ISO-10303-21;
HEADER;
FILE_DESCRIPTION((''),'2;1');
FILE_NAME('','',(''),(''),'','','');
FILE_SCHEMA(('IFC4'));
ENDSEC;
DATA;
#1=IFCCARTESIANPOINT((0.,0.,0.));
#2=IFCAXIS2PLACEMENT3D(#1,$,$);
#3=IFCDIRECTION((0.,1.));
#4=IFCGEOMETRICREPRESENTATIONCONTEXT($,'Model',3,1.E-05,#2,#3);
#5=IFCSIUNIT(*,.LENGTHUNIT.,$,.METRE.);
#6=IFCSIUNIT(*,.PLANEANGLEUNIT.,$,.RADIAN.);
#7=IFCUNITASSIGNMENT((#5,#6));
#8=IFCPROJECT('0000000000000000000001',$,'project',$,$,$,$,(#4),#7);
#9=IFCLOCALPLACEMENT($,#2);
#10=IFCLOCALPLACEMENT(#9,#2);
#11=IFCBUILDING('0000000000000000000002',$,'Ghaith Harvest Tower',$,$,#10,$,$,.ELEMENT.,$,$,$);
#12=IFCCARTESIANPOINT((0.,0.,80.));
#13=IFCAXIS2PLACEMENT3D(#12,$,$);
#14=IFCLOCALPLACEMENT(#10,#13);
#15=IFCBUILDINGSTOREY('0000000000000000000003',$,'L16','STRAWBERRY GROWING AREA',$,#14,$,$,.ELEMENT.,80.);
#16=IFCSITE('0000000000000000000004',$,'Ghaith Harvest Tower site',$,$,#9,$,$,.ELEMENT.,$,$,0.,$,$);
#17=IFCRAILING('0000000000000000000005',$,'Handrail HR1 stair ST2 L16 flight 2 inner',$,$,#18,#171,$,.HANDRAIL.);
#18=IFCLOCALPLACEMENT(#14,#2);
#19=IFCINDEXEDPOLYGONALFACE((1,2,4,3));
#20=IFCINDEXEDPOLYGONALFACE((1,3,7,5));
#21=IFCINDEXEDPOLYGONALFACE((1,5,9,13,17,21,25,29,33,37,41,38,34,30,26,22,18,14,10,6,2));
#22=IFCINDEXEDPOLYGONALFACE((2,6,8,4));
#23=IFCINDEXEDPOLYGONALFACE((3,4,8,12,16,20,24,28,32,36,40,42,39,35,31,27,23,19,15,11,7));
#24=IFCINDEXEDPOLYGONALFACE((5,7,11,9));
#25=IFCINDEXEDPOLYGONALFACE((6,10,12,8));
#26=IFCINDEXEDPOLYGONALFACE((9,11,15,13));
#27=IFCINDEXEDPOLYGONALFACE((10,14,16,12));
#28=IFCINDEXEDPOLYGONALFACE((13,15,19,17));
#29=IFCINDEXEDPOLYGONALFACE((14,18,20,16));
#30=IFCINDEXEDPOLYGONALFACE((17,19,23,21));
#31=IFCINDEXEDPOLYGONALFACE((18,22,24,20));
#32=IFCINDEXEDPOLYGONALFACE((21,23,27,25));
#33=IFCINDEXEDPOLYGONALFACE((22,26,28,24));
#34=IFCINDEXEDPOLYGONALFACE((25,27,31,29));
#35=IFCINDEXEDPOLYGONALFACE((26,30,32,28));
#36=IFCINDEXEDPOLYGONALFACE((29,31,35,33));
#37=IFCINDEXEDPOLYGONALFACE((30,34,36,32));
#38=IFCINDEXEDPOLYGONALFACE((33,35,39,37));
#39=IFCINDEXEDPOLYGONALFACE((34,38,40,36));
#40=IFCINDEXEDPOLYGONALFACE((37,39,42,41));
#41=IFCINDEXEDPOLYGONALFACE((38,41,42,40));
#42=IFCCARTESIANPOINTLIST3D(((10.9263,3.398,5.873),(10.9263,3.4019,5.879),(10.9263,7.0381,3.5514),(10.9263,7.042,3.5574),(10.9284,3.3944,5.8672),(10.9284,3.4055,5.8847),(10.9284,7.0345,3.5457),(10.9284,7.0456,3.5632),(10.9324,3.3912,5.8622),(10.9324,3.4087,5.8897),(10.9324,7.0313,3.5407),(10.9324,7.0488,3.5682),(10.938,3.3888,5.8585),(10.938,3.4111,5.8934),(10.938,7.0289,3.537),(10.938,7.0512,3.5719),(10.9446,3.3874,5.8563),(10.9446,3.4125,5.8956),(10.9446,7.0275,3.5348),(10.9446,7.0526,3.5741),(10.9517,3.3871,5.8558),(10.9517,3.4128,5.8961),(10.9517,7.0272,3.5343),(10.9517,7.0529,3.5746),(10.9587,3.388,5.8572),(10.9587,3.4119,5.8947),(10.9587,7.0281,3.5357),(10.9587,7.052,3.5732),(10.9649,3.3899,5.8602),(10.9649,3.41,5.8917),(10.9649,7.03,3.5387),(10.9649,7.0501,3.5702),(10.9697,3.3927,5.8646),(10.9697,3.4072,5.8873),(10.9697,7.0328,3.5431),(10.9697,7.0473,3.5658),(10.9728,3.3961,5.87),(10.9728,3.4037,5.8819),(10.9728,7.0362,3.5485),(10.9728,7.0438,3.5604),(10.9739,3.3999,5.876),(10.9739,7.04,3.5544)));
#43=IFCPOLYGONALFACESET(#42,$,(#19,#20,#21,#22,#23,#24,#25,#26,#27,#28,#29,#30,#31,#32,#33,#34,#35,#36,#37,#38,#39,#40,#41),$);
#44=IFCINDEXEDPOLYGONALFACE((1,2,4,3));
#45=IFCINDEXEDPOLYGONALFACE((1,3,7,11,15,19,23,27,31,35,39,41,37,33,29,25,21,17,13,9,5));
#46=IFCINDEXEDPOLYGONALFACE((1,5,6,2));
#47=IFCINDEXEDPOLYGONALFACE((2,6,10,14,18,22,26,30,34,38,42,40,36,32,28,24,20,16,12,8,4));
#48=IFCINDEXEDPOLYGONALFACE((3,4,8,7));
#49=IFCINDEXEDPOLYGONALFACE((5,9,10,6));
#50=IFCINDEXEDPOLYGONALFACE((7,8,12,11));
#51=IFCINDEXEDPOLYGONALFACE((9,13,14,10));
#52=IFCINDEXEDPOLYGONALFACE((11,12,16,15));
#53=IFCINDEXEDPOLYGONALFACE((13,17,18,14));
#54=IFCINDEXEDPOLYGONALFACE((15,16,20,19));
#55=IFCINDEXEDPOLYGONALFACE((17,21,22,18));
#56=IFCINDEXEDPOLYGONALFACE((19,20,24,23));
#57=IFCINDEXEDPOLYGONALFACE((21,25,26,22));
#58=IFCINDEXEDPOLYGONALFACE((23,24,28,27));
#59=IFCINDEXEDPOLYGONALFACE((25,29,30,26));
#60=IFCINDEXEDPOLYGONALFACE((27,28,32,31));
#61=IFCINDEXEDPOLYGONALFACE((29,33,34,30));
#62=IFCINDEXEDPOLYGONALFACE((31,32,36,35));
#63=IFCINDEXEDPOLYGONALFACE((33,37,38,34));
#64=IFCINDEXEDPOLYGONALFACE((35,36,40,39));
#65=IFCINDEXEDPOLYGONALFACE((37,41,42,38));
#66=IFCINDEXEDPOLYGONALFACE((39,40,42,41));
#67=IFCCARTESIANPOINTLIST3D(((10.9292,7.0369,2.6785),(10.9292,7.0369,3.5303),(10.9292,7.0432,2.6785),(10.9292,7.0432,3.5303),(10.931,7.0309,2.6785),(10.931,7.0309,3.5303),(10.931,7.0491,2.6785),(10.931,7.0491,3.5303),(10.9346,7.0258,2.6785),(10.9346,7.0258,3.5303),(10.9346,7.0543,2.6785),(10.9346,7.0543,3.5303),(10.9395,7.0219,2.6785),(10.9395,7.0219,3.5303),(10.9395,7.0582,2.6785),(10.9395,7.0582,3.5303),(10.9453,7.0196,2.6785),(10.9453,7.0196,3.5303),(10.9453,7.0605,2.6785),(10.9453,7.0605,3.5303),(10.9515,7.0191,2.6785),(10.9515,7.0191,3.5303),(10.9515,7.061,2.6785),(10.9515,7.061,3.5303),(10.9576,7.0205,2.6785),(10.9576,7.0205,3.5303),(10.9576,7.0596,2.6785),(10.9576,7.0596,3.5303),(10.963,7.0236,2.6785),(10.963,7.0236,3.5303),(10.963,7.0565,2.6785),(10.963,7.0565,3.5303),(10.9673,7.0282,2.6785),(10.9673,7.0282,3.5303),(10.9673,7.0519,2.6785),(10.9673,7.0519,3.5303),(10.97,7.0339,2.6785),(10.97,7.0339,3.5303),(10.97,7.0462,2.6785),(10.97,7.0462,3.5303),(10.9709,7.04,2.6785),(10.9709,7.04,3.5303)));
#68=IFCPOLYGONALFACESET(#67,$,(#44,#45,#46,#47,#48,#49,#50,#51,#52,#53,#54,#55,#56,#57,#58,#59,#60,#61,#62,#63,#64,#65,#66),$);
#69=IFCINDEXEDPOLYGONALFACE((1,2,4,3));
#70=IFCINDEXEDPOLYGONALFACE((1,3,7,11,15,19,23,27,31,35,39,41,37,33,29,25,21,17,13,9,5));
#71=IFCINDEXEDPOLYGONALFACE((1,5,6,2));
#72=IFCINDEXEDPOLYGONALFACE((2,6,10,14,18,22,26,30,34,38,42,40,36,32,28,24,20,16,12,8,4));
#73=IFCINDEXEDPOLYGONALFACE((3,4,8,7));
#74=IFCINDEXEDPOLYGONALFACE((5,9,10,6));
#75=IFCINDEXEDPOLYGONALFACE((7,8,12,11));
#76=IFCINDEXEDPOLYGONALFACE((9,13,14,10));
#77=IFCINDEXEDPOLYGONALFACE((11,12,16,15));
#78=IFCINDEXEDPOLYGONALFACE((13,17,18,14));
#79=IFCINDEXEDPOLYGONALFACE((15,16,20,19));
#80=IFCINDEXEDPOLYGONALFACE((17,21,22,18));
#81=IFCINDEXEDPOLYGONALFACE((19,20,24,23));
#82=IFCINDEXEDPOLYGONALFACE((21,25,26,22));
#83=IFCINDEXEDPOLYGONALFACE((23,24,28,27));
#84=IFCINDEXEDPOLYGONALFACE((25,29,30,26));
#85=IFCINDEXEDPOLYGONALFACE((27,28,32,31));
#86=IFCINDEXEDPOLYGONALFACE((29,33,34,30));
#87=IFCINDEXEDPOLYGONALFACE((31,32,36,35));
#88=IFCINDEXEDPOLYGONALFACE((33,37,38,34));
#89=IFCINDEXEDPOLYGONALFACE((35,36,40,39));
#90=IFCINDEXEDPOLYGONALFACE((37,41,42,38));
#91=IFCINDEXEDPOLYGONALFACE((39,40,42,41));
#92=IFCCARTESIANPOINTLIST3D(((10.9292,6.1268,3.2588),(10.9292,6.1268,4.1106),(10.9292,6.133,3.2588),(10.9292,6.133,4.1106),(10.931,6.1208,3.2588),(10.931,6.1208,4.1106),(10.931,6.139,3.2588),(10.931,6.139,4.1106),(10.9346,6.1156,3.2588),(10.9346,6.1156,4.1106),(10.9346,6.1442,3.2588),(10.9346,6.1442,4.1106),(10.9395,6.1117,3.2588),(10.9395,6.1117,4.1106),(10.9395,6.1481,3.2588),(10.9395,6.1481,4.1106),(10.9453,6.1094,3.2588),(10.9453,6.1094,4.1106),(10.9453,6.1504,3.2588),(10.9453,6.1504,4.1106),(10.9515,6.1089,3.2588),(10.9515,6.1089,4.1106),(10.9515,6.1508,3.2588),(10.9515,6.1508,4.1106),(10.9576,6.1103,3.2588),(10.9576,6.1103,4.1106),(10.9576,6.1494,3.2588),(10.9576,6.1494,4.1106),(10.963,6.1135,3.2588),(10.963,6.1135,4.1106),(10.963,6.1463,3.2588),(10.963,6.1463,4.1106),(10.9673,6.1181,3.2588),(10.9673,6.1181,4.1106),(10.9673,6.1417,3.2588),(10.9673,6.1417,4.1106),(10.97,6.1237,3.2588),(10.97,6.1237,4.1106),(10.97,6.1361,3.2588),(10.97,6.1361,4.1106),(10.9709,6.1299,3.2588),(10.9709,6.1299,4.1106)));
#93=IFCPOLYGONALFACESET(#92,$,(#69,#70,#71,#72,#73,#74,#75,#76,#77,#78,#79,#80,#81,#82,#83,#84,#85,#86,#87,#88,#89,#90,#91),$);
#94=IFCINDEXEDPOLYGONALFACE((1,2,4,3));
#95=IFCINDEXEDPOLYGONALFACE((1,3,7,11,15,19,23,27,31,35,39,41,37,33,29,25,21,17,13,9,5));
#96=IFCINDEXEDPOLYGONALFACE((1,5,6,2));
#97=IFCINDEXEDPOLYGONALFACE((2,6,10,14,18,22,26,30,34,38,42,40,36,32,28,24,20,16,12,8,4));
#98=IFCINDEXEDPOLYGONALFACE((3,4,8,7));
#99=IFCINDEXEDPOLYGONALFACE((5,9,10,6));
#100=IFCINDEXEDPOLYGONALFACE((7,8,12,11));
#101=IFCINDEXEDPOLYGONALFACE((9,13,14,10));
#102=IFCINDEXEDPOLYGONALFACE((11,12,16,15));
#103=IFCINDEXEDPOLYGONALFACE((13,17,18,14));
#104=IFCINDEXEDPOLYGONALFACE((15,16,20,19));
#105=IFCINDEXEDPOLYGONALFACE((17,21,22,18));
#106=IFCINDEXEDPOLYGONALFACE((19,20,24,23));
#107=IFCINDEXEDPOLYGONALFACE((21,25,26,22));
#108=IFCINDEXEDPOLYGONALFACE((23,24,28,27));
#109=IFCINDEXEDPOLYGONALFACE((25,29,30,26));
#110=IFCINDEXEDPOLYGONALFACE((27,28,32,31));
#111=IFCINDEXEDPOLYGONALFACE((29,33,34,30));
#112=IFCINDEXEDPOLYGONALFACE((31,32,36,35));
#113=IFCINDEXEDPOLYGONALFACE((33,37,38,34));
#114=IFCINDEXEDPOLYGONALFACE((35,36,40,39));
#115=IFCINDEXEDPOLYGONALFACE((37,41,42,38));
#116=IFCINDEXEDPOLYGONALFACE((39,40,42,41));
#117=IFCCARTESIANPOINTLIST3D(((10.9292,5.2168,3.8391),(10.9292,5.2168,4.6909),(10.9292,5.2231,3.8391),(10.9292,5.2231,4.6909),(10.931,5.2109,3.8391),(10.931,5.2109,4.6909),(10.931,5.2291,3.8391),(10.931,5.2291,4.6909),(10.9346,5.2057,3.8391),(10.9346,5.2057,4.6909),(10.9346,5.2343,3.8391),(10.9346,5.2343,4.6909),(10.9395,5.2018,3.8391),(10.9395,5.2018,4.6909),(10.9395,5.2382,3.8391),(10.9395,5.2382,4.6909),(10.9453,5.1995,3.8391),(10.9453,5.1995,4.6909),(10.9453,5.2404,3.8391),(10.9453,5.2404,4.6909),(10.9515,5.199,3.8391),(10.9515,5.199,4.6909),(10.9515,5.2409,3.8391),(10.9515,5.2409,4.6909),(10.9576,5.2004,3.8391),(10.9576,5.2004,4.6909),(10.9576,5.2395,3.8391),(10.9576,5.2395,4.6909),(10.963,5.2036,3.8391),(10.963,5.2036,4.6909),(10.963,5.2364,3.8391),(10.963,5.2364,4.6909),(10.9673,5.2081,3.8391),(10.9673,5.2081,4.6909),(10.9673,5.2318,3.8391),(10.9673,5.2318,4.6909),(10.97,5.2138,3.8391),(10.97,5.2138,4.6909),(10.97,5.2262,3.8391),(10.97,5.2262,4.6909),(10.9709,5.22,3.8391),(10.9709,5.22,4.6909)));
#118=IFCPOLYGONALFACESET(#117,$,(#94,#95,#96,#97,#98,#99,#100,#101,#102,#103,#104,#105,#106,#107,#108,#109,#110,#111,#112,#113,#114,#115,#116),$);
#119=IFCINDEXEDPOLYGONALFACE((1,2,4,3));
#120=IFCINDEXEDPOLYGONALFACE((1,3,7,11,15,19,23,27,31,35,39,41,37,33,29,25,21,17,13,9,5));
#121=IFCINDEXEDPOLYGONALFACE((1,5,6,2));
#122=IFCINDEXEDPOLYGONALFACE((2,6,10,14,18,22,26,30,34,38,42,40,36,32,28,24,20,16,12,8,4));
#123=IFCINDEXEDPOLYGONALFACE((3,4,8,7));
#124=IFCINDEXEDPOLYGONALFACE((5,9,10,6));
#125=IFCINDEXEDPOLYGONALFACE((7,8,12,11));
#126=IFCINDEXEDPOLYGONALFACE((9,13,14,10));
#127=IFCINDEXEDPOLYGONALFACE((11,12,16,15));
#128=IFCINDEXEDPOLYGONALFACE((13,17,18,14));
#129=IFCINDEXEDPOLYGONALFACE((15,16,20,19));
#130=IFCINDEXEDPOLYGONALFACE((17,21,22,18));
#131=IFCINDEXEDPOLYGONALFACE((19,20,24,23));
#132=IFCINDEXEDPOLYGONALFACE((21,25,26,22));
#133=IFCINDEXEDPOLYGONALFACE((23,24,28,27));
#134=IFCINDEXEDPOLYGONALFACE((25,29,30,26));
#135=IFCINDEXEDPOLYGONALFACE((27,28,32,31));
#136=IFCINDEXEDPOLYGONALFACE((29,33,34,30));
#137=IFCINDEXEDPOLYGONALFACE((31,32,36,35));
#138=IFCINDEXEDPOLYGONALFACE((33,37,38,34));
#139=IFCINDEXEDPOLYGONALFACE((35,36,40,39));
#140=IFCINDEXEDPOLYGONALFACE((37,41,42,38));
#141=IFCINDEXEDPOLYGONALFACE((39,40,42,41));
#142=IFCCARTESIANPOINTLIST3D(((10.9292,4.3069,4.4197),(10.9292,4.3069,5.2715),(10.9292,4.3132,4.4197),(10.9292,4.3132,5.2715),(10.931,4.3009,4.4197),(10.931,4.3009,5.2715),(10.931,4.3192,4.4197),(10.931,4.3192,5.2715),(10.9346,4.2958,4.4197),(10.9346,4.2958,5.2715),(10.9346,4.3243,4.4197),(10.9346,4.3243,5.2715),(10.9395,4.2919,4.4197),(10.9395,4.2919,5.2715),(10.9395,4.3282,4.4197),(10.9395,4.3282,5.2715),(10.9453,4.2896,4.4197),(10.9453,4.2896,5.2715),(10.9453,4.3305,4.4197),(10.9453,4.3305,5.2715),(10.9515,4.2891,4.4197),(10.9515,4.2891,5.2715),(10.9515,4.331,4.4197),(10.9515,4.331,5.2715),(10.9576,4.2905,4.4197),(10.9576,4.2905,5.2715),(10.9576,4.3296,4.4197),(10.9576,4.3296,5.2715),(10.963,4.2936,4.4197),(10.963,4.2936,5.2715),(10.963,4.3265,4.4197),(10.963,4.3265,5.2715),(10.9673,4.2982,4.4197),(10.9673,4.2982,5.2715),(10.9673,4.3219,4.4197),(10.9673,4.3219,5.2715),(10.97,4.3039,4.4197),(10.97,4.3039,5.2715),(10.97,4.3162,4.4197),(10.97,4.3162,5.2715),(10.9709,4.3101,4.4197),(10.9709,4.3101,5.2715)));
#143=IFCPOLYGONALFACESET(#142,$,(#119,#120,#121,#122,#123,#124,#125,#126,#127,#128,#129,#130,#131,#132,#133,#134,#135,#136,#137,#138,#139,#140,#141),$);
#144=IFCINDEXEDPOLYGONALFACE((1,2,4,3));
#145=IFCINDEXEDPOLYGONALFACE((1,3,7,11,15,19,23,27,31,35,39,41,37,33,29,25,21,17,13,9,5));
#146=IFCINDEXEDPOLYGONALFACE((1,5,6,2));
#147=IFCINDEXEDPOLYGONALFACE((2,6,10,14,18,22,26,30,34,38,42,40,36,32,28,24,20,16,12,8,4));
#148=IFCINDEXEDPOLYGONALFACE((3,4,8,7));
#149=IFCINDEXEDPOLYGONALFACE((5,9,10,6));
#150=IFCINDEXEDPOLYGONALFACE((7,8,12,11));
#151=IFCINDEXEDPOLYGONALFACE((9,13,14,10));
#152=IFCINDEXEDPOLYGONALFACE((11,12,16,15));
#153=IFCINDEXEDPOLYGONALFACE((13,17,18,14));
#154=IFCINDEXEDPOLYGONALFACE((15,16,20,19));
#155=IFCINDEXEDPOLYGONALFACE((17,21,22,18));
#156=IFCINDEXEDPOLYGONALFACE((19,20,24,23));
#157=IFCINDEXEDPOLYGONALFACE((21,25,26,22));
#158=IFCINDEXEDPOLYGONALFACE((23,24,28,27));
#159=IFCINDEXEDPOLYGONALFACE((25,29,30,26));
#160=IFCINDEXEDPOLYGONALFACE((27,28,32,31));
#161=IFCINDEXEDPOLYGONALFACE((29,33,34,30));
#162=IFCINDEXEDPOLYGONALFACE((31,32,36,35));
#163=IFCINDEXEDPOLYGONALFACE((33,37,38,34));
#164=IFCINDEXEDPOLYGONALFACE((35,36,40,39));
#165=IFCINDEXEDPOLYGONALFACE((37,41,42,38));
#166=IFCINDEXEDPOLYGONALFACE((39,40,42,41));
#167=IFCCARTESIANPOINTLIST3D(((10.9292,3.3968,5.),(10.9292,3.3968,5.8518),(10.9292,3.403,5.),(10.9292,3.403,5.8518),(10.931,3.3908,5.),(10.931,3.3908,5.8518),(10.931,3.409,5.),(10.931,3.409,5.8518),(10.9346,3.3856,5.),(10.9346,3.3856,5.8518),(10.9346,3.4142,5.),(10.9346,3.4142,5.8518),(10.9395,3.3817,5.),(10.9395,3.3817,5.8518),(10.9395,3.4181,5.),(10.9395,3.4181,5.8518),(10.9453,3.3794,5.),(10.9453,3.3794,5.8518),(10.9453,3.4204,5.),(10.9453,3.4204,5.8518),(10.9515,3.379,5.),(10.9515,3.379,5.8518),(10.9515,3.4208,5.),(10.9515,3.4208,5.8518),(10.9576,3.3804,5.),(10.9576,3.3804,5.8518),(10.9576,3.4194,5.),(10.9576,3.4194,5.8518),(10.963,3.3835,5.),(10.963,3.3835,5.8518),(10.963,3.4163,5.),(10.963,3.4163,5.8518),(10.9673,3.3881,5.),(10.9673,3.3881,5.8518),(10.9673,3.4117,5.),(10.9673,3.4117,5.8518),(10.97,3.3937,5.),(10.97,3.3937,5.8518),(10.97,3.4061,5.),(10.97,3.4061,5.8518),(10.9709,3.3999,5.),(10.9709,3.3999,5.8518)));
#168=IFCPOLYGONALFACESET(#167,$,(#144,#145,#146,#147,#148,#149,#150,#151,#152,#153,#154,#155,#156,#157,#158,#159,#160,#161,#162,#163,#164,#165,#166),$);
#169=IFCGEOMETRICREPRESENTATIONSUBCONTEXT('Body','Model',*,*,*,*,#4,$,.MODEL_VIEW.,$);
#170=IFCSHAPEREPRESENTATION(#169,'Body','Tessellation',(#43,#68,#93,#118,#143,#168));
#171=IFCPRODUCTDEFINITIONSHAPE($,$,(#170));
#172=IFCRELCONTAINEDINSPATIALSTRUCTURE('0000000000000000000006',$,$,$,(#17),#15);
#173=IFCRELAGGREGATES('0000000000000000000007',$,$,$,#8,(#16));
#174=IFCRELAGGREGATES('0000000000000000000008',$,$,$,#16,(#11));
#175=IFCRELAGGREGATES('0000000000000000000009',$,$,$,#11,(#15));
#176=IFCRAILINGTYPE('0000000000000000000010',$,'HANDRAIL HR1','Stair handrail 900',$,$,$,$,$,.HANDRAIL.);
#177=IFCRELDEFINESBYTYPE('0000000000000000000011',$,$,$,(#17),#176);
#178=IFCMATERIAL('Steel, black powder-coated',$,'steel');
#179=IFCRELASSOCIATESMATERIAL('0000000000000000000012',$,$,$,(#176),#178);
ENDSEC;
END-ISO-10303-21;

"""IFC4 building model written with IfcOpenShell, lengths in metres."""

from ifc_helpers import new_model, si_unit, direction, frame, origin, origin_2d, place, context, subcontext, project, spatial, circle, extrude, material, type_object, element, save


model = new_model("IFC4")

# Units and contexts
model_context = context("Model", 3, precision=1e-05, world=origin(), true_north=direction((0.0, 1.0)))
body_context = subcontext(model_context, "Body", "Model", "MODEL_VIEW")
ifc_project = project(units=[si_unit("LENGTHUNIT", "METRE"), si_unit("PLANEANGLEUNIT", "RADIAN")], contexts=[model_context])

# Site, building, storey
site_placement = place(None, origin())
site = spatial("IfcSite", under=ifc_project, at=site_placement, Name="Ghaith Harvest Tower site", CompositionType="ELEMENT", RefElevation=0.0)
building_placement = place(site_placement, origin())
building = spatial("IfcBuilding", under=site, at=building_placement, Name="Ghaith Harvest Tower", CompositionType="ELEMENT")
storey_placement = place(building_placement, frame((0.0, 0.0, 80.0)))
storey = spatial("IfcBuildingStorey", under=building, at=storey_placement, Name="L16", Description="STRAWBERRY GROWING AREA", CompositionType="ELEMENT", Elevation=80.0)

# Railing
ifc_material_1 = material(Name="Steel, black powder-coated", Category="steel")
railing_type = type_object("IfcRailingType", Name="HANDRAIL HR1", Description="Stair handrail 900", PredefinedType="HANDRAIL", material=ifc_material_1)
railing_1_placement = place(storey_placement, frame((10.95, 7.04, 2.6785)))
element("IfcRailing", 1, at=railing_1_placement, inside=storey, type_object=railing_type, Name="Handrail HR1 stair ST2 L16 flight 2 inner", PredefinedType="HANDRAIL", context=body_context, shape_type="SweptSolid", body=[
    extrude(circle(Radius=0.0239, at=origin_2d()), frame((0.0, 0.0, 0.876), z_axis=(0.0, -0.843128, 0.537713), x_axis=(1.0, 0.0, 0.0)), (0.0, 0.0, 1.0), 4.3174),
    extrude(circle(Radius=0.021, at=origin_2d()), origin(), (0.0, 0.0, 1.0), 0.8518),
    extrude(circle(Radius=0.021, at=origin_2d()), frame((0.0, -0.9102, 0.5803)), (0.0, 0.0, 1.0), 0.8518),
    extrude(circle(Radius=0.021, at=origin_2d()), frame((0.0, -1.8201, 1.1606)), (0.0, 0.0, 1.0), 0.8518),
    extrude(circle(Radius=0.021, at=origin_2d()), frame((0.0, -2.73, 1.7412)), (0.0, 0.0, 1.0), 0.8518),
    extrude(circle(Radius=0.021, at=origin_2d()), frame((0.0, -3.6401, 2.3215)), (0.0, 0.0, 1.0), 0.8518),
])

save(model, "model.ifc")
